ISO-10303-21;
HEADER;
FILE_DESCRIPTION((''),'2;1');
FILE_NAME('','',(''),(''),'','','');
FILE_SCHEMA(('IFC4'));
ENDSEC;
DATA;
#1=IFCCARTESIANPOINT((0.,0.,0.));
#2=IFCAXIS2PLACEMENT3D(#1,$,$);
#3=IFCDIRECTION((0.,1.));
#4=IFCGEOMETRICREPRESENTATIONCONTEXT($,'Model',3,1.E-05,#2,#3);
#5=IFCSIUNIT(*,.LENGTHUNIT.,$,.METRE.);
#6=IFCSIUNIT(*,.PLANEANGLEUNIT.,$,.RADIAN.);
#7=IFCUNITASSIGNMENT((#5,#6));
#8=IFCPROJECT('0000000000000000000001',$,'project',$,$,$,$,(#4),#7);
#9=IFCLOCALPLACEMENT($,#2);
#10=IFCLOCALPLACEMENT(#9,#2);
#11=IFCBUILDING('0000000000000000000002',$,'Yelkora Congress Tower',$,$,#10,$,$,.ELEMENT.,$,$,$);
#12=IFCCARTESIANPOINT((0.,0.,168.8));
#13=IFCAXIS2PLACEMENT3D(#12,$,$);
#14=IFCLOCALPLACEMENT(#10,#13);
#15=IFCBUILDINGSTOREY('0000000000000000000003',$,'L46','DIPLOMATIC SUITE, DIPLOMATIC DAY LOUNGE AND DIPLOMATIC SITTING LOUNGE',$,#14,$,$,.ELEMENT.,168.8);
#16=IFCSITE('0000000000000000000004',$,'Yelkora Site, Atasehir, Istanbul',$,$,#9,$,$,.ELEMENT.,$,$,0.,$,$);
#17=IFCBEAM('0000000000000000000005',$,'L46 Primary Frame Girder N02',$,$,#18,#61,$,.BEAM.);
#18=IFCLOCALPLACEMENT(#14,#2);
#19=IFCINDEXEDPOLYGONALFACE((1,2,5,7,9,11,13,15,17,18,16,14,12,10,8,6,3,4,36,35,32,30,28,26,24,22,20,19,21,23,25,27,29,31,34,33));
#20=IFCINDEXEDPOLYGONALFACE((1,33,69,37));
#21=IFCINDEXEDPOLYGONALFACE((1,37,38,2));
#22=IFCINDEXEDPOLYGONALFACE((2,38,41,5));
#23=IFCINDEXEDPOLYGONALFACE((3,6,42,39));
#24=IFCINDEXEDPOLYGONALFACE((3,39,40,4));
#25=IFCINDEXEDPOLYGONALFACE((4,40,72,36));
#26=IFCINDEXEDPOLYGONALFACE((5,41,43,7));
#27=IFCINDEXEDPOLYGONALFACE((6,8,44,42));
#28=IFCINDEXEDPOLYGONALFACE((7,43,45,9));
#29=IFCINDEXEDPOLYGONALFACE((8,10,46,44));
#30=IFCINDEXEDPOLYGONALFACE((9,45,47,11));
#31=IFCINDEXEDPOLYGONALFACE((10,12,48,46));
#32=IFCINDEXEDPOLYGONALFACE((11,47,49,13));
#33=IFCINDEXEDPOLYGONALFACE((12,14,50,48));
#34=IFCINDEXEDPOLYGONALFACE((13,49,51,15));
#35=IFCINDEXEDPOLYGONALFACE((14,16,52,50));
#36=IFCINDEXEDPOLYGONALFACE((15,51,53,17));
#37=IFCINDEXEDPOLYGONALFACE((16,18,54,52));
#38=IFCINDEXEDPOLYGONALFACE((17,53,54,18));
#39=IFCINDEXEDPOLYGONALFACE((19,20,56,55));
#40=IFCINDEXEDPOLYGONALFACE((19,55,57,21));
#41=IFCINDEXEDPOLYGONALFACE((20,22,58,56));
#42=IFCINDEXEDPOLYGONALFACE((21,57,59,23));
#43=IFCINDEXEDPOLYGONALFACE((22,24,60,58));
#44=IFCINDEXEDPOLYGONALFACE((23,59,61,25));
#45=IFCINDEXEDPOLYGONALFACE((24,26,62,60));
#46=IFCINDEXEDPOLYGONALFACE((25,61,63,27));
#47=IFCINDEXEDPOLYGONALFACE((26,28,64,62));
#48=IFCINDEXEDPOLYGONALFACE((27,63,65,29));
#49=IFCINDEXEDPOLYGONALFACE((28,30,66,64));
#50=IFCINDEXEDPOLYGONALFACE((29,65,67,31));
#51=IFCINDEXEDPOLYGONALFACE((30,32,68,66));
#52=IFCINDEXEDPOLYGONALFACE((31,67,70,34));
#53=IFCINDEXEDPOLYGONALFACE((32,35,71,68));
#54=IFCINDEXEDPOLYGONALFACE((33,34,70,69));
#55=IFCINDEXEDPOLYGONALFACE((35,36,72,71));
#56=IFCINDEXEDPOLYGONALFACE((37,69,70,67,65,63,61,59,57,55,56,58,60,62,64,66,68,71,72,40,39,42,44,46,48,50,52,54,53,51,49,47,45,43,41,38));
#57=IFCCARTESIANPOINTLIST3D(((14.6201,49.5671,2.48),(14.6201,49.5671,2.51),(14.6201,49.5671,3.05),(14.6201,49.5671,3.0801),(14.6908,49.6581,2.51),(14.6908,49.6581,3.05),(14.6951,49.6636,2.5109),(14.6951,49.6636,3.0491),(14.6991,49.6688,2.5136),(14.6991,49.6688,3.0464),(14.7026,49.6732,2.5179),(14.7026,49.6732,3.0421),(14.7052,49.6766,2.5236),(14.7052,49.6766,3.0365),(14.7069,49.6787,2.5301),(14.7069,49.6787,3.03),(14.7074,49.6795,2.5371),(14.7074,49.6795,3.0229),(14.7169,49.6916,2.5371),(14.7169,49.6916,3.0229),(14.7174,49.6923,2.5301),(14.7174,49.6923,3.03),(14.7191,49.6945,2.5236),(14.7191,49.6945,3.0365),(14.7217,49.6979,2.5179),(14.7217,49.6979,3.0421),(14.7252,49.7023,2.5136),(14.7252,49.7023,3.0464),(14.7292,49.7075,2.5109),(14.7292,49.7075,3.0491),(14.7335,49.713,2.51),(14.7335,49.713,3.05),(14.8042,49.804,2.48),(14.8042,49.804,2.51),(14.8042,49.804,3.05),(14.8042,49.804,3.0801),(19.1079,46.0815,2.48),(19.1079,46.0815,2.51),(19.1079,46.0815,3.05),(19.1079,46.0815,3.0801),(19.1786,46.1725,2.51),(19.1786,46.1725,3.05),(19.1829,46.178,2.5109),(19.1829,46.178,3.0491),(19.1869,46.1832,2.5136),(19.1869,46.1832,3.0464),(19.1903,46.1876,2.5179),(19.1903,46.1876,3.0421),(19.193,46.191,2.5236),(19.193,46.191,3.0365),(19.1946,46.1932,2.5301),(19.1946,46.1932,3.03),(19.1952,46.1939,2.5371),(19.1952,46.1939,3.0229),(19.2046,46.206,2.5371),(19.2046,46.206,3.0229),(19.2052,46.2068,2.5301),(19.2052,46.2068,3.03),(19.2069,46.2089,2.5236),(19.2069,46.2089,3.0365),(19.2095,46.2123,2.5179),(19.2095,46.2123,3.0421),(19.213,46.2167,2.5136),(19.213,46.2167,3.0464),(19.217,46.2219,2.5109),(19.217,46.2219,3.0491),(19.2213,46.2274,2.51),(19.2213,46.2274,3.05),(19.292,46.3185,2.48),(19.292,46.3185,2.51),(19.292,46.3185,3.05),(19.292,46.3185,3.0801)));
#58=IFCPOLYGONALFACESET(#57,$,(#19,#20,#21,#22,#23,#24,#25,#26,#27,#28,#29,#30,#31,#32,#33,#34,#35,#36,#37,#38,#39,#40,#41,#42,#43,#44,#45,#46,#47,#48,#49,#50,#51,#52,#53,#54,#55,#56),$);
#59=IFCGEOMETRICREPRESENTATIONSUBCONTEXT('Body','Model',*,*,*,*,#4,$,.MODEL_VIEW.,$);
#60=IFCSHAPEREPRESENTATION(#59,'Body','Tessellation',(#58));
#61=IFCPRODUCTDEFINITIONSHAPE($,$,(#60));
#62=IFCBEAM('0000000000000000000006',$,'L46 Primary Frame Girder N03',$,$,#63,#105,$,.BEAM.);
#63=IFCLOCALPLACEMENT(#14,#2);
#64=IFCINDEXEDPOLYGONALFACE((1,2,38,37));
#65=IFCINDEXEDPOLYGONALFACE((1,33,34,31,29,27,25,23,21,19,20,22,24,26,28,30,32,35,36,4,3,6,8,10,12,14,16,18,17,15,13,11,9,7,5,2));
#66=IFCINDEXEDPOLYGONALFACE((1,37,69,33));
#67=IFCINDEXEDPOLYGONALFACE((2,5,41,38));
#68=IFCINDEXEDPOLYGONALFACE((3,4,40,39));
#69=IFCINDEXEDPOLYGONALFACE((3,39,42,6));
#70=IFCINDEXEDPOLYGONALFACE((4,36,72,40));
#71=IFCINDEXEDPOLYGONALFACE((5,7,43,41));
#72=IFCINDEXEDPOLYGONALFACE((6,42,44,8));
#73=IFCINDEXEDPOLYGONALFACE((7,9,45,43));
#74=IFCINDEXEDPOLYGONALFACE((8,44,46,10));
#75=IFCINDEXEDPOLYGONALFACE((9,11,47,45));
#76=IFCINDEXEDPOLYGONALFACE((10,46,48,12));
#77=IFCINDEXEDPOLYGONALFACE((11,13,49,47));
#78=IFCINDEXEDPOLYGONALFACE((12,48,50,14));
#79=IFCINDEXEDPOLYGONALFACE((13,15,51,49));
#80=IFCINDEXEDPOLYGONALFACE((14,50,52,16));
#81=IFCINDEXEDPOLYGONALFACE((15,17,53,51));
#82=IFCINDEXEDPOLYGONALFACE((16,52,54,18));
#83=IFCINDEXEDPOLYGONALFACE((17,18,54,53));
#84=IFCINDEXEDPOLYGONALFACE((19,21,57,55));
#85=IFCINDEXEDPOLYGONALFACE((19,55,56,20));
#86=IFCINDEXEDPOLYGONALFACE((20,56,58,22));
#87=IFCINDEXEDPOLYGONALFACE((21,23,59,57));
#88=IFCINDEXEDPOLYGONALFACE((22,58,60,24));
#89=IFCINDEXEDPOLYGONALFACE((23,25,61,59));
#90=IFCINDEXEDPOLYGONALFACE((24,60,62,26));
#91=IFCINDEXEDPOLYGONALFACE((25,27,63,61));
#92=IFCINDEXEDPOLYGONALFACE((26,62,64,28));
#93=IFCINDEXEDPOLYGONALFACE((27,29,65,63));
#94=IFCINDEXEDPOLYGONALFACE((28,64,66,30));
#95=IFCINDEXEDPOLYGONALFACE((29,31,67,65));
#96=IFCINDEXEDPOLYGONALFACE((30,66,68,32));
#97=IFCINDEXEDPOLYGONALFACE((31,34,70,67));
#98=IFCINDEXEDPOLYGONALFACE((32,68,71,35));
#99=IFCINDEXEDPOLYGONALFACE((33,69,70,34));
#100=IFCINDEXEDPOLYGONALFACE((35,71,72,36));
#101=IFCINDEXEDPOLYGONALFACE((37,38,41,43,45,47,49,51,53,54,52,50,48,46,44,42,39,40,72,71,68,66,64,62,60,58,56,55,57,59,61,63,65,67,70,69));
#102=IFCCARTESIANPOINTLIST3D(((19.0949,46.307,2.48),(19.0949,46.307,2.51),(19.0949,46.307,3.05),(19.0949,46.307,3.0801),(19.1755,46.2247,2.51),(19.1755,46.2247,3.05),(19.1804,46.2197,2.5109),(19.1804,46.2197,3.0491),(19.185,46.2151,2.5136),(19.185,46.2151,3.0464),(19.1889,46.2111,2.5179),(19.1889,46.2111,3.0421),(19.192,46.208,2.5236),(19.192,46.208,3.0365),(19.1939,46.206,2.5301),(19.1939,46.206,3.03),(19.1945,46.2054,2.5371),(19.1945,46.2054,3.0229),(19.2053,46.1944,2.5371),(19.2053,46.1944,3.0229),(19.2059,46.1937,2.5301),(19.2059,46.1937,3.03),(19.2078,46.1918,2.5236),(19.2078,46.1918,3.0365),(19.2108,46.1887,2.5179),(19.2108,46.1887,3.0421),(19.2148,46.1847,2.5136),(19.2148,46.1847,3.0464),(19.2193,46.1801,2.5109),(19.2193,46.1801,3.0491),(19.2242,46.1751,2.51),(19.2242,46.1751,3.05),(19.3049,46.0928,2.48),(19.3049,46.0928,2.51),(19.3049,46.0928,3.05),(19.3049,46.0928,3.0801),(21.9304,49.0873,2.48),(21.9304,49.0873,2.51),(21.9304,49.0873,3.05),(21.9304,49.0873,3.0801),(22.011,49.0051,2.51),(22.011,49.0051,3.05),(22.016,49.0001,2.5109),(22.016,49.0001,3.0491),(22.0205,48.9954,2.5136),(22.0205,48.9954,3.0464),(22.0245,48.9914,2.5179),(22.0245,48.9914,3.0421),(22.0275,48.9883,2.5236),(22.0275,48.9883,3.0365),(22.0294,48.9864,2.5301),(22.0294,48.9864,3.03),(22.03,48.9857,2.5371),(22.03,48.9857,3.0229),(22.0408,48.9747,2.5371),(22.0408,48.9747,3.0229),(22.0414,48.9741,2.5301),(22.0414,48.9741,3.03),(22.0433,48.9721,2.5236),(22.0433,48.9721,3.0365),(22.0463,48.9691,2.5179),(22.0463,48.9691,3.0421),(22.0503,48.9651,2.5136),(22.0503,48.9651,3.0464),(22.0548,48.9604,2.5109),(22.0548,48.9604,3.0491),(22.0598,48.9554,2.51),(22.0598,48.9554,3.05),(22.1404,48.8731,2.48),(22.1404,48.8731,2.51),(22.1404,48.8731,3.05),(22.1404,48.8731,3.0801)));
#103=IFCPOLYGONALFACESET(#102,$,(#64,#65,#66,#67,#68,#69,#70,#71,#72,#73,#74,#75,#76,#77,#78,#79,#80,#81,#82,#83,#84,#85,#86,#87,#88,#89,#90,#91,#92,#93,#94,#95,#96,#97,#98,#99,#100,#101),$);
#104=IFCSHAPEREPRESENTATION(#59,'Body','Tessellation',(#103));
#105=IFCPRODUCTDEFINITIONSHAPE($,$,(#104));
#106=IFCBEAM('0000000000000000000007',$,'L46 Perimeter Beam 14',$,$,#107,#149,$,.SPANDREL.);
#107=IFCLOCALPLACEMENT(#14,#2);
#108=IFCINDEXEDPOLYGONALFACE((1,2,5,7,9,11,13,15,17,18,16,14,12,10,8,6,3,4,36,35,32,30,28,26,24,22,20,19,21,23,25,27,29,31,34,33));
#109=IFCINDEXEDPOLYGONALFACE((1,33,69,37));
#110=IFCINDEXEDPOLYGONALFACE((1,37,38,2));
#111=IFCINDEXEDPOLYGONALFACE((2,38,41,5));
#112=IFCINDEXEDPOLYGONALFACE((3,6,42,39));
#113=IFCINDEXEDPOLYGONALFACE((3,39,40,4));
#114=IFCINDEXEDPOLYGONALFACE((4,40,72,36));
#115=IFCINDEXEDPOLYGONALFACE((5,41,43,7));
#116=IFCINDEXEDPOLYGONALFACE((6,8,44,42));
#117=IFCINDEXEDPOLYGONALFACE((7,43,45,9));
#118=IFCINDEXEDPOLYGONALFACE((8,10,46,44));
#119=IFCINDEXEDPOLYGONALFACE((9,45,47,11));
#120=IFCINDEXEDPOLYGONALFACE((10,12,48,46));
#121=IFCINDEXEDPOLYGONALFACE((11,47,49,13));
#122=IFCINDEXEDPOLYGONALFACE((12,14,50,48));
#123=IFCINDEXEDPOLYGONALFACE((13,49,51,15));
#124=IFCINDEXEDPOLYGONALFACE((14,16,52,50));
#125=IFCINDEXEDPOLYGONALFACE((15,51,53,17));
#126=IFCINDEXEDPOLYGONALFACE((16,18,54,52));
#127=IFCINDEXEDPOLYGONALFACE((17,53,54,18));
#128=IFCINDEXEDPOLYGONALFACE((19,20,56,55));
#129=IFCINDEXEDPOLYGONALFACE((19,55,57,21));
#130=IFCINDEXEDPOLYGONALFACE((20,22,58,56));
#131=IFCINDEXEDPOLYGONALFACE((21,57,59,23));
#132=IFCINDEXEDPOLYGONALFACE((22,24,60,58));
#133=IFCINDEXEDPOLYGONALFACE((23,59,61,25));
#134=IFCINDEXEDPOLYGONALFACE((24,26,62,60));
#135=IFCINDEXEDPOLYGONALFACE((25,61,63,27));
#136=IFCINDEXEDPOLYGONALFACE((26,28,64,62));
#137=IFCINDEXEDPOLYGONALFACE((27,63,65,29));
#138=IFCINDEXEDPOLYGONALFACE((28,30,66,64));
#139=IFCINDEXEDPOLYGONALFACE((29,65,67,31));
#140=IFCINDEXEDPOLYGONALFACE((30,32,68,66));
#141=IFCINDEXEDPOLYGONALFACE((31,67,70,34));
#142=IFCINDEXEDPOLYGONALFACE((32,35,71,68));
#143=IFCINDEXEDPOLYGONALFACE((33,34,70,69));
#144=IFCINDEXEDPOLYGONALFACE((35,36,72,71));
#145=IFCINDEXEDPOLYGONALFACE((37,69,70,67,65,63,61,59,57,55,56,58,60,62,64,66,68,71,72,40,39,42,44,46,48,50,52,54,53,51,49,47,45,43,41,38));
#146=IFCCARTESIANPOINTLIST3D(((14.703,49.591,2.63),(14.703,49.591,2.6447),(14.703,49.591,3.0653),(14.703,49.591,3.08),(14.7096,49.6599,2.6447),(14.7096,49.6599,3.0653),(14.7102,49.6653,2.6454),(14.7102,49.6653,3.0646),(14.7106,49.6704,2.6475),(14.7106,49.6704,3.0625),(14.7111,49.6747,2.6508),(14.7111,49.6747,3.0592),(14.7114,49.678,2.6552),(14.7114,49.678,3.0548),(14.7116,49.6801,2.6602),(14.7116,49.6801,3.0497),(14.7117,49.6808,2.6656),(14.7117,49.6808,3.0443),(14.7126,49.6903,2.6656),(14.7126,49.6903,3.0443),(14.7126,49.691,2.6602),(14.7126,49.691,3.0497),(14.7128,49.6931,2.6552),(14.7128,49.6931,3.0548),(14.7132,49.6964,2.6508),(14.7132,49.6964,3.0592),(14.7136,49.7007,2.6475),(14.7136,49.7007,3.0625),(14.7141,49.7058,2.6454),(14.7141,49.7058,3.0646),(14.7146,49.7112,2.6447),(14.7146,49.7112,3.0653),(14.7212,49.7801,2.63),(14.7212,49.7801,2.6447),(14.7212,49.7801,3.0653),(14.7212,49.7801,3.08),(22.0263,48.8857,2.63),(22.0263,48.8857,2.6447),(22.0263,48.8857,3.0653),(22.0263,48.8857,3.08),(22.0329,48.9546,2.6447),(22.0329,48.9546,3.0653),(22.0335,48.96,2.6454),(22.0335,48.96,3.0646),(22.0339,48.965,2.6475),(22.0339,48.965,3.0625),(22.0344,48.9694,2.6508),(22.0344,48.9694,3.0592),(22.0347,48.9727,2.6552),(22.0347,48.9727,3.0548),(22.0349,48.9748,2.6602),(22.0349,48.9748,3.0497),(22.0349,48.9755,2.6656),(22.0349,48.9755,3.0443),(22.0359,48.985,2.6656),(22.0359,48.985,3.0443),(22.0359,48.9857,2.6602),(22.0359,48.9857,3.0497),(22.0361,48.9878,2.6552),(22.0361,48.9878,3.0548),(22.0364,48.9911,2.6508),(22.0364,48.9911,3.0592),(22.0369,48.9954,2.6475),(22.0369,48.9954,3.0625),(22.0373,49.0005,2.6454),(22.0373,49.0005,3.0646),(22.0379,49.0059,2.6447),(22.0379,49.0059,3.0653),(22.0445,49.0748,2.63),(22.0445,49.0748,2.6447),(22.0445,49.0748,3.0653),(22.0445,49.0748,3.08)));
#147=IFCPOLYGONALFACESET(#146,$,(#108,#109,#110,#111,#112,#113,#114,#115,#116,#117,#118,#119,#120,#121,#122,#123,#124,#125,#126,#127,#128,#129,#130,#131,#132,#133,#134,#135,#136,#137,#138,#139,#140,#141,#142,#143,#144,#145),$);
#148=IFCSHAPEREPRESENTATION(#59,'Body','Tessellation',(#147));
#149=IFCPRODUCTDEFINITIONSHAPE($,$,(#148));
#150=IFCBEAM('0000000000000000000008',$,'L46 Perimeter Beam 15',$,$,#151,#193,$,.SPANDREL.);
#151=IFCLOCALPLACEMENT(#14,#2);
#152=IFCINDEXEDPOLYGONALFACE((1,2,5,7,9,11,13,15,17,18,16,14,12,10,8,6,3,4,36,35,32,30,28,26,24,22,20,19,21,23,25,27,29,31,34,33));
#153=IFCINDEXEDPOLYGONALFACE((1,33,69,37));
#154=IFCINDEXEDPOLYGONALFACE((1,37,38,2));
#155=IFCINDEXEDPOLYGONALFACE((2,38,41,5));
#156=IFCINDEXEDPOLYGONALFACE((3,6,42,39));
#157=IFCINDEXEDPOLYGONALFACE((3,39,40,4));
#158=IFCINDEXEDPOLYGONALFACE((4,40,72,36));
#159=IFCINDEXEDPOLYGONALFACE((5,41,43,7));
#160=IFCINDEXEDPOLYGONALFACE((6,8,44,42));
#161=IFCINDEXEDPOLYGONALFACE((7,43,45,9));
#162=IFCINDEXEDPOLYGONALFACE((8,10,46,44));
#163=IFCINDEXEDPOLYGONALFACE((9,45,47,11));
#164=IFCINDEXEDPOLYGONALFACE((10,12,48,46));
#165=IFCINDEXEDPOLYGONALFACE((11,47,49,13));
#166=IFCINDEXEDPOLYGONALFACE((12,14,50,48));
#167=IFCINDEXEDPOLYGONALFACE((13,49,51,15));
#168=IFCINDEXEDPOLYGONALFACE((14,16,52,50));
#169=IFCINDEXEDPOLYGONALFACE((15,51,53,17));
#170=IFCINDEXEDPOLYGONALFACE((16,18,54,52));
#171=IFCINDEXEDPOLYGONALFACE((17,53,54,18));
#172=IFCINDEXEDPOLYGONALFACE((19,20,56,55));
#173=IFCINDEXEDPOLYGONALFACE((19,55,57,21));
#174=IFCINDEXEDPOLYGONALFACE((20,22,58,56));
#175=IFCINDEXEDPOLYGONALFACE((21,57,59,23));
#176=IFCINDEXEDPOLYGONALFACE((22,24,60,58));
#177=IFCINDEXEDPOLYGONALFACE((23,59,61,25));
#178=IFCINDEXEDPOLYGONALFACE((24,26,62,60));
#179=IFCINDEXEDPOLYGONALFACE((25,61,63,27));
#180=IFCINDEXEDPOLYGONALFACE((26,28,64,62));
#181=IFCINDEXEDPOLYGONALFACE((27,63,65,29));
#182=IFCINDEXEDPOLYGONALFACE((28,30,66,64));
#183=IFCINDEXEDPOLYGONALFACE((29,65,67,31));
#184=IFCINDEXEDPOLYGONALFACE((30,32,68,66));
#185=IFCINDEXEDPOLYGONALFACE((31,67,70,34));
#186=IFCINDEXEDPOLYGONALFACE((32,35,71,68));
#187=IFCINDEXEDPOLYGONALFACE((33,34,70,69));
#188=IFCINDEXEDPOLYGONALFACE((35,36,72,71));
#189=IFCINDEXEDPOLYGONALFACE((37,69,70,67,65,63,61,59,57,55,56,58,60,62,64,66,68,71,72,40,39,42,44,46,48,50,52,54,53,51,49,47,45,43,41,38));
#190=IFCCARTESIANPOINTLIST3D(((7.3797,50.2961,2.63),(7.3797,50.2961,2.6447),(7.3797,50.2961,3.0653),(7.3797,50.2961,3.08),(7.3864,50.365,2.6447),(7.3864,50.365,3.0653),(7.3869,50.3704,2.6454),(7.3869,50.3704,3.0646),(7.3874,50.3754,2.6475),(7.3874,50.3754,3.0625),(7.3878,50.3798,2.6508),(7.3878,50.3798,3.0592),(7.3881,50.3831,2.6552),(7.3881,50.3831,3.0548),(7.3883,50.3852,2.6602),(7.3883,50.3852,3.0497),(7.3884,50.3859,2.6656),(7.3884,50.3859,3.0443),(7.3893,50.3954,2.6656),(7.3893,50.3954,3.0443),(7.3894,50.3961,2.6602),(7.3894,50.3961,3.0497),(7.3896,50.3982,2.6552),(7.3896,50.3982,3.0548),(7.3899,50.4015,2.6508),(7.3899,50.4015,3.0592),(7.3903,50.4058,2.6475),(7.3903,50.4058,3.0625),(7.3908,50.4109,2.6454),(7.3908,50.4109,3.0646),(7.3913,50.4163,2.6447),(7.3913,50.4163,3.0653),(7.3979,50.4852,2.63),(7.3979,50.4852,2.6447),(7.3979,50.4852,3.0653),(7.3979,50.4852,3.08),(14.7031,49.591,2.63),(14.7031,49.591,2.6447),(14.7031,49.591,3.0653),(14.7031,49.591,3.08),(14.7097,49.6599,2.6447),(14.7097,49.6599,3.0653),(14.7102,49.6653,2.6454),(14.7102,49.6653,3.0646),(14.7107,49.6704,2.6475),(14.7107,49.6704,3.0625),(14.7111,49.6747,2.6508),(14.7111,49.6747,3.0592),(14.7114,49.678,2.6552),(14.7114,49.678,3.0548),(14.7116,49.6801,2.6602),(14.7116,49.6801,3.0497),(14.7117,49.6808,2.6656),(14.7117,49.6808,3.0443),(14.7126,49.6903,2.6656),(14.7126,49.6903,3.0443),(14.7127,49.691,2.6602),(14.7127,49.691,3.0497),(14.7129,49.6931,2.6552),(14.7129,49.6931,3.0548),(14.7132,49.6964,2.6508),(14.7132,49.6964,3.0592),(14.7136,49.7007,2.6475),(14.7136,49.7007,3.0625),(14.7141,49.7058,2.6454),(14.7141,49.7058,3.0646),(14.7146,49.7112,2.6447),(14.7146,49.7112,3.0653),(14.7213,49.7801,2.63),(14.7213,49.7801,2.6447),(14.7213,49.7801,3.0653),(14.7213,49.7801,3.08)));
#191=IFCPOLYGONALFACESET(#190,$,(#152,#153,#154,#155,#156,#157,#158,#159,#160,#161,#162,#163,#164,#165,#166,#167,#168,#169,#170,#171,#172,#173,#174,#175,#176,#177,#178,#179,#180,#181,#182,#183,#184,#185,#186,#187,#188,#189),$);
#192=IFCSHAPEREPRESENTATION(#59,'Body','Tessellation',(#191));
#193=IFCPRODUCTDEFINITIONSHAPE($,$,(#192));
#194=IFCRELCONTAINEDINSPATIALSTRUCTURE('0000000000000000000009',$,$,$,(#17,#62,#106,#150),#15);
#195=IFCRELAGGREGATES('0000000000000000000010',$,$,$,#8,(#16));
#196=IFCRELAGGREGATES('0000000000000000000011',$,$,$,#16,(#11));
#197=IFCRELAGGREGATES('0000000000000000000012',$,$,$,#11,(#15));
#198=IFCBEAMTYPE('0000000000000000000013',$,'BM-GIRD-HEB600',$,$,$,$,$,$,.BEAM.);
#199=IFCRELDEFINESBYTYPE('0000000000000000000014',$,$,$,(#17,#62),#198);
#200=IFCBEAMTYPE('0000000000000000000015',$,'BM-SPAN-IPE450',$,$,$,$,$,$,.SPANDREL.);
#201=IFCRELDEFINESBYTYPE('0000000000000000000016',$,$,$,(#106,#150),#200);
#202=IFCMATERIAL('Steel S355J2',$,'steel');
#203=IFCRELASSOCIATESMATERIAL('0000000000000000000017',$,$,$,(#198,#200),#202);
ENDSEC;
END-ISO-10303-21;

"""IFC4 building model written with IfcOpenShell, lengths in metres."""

from ifc_helpers import new_model, si_unit, direction, frame, origin, origin_2d, place, context, subcontext, project, spatial, i_section, extrude, material, material_profile, profile_set, type_object, element, save


model = new_model("IFC4")

# Units and contexts
model_context = context("Model", 3, precision=1e-05, world=origin(), true_north=direction((0.0, 1.0)))
body_context = subcontext(model_context, "Body", "Model", "MODEL_VIEW")
ifc_project = project(units=[si_unit("LENGTHUNIT", "METRE"), si_unit("PLANEANGLEUNIT", "RADIAN")], contexts=[model_context])

# Site, building, storey
site_placement = place(None, origin())
site = spatial("IfcSite", under=ifc_project, at=site_placement, Name="Yelkora Site, Atasehir, Istanbul", CompositionType="ELEMENT", RefElevation=0.0)
building_placement = place(site_placement, origin())
building = spatial("IfcBuilding", under=site, at=building_placement, Name="Yelkora Congress Tower", CompositionType="ELEMENT")
storey_placement = place(building_placement, frame((0.0, 0.0, 168.8)))
storey = spatial("IfcBuildingStorey", under=building, at=storey_placement, Name="L46", Description="DIPLOMATIC SUITE, DIPLOMATIC DAY LOUNGE AND DIPLOMATIC SITTING LOUNGE", CompositionType="ELEMENT", Elevation=168.8)

# Beams
ifc_material_1 = material(Name="Steel S355J2", Category="steel")
ifc_material_profile_1 = material_profile(ifc_material_1, i_section(OverallWidth=0.3, OverallDepth=0.6001, WebThickness=0.0154, FlangeThickness=0.03, FilletRadius=0.0271, at=origin_2d()), Name="HEB 600")
ifc_profile_set_1 = profile_set([ifc_material_profile_1], Name="Steel S355J2")
beam_type_1 = type_object("IfcBeamType", Name="BM-GIRD-HEB600", PredefinedType="BEAM", material=ifc_profile_set_1)
beam_1_placement = place(storey_placement, frame((14.7122, 49.6855, 2.78), z_axis=(0.789771, -0.613402, 0.0), x_axis=(0.613402, 0.789771, 0.0)))
element("IfcBeam", 1, at=beam_1_placement, inside=storey, type_object=beam_type_1, Name="L46 Primary Frame Girder N02", PredefinedType="BEAM", context=body_context, shape_type="SweptSolid", body=[
    extrude(i_section(OverallWidth=0.3, OverallDepth=0.6001, WebThickness=0.0154, FlangeThickness=0.03, FilletRadius=0.0271, at=origin_2d()), origin(), (0.0, 0.0, 1.0), 5.6824),
])
beam_2_placement = place(storey_placement, frame((22.0354, 48.9802, 2.78), z_axis=(-0.71402, -0.700126, 0.0), x_axis=(0.700126, -0.71402, 0.0)))
element("IfcBeam", 2, at=beam_2_placement, inside=storey, type_object=beam_type_1, Name="L46 Primary Frame Girder N03", PredefinedType="BEAM", context=body_context, shape_type="SweptSolid", body=[
    extrude(i_section(OverallWidth=0.3, OverallDepth=0.6001, WebThickness=0.0154, FlangeThickness=0.03, FilletRadius=0.0271, at=origin_2d()), origin(), (0.0, 0.0, 1.0), 3.9712),
])
ifc_material_profile_2 = material_profile(ifc_material_1, i_section(OverallWidth=0.1899, OverallDepth=0.45, WebThickness=0.0095, FlangeThickness=0.0146, FilletRadius=0.021, at=origin_2d()), Name="IPE 450")
ifc_profile_set_2 = profile_set([ifc_material_profile_2], Name="Steel S355J2")
beam_type_2 = type_object("IfcBeamType", Name="BM-SPAN-IPE450", PredefinedType="SPANDREL", material=ifc_profile_set_2)
for number, where, z_axis, x_axis, name in (
    (3, (22.0354, 48.9802, 2.855), (-0.995394, 0.095869, 0.0), (-0.095869, -0.995394, 0.0), "L46 Perimeter Beam 14"),
    (4, (14.7122, 49.6855, 2.855), (-0.995397, 0.095836, 0.0), (-0.095836, -0.995397, 0.0), "L46 Perimeter Beam 15"),
):
    element("IfcBeam", number, at=place(storey_placement, frame(where, z_axis=z_axis, x_axis=x_axis)), inside=storey, type_object=beam_type_2, Name=name, PredefinedType="SPANDREL", context=body_context, shape_type="SweptSolid", body=[
        extrude(i_section(OverallWidth=0.1899, OverallDepth=0.45, WebThickness=0.0095, FlangeThickness=0.0146, FilletRadius=0.021, at=origin_2d()), origin(), (0.0, 0.0, 1.0), 7.3572),
    ])

save(model, "model.ifc")
